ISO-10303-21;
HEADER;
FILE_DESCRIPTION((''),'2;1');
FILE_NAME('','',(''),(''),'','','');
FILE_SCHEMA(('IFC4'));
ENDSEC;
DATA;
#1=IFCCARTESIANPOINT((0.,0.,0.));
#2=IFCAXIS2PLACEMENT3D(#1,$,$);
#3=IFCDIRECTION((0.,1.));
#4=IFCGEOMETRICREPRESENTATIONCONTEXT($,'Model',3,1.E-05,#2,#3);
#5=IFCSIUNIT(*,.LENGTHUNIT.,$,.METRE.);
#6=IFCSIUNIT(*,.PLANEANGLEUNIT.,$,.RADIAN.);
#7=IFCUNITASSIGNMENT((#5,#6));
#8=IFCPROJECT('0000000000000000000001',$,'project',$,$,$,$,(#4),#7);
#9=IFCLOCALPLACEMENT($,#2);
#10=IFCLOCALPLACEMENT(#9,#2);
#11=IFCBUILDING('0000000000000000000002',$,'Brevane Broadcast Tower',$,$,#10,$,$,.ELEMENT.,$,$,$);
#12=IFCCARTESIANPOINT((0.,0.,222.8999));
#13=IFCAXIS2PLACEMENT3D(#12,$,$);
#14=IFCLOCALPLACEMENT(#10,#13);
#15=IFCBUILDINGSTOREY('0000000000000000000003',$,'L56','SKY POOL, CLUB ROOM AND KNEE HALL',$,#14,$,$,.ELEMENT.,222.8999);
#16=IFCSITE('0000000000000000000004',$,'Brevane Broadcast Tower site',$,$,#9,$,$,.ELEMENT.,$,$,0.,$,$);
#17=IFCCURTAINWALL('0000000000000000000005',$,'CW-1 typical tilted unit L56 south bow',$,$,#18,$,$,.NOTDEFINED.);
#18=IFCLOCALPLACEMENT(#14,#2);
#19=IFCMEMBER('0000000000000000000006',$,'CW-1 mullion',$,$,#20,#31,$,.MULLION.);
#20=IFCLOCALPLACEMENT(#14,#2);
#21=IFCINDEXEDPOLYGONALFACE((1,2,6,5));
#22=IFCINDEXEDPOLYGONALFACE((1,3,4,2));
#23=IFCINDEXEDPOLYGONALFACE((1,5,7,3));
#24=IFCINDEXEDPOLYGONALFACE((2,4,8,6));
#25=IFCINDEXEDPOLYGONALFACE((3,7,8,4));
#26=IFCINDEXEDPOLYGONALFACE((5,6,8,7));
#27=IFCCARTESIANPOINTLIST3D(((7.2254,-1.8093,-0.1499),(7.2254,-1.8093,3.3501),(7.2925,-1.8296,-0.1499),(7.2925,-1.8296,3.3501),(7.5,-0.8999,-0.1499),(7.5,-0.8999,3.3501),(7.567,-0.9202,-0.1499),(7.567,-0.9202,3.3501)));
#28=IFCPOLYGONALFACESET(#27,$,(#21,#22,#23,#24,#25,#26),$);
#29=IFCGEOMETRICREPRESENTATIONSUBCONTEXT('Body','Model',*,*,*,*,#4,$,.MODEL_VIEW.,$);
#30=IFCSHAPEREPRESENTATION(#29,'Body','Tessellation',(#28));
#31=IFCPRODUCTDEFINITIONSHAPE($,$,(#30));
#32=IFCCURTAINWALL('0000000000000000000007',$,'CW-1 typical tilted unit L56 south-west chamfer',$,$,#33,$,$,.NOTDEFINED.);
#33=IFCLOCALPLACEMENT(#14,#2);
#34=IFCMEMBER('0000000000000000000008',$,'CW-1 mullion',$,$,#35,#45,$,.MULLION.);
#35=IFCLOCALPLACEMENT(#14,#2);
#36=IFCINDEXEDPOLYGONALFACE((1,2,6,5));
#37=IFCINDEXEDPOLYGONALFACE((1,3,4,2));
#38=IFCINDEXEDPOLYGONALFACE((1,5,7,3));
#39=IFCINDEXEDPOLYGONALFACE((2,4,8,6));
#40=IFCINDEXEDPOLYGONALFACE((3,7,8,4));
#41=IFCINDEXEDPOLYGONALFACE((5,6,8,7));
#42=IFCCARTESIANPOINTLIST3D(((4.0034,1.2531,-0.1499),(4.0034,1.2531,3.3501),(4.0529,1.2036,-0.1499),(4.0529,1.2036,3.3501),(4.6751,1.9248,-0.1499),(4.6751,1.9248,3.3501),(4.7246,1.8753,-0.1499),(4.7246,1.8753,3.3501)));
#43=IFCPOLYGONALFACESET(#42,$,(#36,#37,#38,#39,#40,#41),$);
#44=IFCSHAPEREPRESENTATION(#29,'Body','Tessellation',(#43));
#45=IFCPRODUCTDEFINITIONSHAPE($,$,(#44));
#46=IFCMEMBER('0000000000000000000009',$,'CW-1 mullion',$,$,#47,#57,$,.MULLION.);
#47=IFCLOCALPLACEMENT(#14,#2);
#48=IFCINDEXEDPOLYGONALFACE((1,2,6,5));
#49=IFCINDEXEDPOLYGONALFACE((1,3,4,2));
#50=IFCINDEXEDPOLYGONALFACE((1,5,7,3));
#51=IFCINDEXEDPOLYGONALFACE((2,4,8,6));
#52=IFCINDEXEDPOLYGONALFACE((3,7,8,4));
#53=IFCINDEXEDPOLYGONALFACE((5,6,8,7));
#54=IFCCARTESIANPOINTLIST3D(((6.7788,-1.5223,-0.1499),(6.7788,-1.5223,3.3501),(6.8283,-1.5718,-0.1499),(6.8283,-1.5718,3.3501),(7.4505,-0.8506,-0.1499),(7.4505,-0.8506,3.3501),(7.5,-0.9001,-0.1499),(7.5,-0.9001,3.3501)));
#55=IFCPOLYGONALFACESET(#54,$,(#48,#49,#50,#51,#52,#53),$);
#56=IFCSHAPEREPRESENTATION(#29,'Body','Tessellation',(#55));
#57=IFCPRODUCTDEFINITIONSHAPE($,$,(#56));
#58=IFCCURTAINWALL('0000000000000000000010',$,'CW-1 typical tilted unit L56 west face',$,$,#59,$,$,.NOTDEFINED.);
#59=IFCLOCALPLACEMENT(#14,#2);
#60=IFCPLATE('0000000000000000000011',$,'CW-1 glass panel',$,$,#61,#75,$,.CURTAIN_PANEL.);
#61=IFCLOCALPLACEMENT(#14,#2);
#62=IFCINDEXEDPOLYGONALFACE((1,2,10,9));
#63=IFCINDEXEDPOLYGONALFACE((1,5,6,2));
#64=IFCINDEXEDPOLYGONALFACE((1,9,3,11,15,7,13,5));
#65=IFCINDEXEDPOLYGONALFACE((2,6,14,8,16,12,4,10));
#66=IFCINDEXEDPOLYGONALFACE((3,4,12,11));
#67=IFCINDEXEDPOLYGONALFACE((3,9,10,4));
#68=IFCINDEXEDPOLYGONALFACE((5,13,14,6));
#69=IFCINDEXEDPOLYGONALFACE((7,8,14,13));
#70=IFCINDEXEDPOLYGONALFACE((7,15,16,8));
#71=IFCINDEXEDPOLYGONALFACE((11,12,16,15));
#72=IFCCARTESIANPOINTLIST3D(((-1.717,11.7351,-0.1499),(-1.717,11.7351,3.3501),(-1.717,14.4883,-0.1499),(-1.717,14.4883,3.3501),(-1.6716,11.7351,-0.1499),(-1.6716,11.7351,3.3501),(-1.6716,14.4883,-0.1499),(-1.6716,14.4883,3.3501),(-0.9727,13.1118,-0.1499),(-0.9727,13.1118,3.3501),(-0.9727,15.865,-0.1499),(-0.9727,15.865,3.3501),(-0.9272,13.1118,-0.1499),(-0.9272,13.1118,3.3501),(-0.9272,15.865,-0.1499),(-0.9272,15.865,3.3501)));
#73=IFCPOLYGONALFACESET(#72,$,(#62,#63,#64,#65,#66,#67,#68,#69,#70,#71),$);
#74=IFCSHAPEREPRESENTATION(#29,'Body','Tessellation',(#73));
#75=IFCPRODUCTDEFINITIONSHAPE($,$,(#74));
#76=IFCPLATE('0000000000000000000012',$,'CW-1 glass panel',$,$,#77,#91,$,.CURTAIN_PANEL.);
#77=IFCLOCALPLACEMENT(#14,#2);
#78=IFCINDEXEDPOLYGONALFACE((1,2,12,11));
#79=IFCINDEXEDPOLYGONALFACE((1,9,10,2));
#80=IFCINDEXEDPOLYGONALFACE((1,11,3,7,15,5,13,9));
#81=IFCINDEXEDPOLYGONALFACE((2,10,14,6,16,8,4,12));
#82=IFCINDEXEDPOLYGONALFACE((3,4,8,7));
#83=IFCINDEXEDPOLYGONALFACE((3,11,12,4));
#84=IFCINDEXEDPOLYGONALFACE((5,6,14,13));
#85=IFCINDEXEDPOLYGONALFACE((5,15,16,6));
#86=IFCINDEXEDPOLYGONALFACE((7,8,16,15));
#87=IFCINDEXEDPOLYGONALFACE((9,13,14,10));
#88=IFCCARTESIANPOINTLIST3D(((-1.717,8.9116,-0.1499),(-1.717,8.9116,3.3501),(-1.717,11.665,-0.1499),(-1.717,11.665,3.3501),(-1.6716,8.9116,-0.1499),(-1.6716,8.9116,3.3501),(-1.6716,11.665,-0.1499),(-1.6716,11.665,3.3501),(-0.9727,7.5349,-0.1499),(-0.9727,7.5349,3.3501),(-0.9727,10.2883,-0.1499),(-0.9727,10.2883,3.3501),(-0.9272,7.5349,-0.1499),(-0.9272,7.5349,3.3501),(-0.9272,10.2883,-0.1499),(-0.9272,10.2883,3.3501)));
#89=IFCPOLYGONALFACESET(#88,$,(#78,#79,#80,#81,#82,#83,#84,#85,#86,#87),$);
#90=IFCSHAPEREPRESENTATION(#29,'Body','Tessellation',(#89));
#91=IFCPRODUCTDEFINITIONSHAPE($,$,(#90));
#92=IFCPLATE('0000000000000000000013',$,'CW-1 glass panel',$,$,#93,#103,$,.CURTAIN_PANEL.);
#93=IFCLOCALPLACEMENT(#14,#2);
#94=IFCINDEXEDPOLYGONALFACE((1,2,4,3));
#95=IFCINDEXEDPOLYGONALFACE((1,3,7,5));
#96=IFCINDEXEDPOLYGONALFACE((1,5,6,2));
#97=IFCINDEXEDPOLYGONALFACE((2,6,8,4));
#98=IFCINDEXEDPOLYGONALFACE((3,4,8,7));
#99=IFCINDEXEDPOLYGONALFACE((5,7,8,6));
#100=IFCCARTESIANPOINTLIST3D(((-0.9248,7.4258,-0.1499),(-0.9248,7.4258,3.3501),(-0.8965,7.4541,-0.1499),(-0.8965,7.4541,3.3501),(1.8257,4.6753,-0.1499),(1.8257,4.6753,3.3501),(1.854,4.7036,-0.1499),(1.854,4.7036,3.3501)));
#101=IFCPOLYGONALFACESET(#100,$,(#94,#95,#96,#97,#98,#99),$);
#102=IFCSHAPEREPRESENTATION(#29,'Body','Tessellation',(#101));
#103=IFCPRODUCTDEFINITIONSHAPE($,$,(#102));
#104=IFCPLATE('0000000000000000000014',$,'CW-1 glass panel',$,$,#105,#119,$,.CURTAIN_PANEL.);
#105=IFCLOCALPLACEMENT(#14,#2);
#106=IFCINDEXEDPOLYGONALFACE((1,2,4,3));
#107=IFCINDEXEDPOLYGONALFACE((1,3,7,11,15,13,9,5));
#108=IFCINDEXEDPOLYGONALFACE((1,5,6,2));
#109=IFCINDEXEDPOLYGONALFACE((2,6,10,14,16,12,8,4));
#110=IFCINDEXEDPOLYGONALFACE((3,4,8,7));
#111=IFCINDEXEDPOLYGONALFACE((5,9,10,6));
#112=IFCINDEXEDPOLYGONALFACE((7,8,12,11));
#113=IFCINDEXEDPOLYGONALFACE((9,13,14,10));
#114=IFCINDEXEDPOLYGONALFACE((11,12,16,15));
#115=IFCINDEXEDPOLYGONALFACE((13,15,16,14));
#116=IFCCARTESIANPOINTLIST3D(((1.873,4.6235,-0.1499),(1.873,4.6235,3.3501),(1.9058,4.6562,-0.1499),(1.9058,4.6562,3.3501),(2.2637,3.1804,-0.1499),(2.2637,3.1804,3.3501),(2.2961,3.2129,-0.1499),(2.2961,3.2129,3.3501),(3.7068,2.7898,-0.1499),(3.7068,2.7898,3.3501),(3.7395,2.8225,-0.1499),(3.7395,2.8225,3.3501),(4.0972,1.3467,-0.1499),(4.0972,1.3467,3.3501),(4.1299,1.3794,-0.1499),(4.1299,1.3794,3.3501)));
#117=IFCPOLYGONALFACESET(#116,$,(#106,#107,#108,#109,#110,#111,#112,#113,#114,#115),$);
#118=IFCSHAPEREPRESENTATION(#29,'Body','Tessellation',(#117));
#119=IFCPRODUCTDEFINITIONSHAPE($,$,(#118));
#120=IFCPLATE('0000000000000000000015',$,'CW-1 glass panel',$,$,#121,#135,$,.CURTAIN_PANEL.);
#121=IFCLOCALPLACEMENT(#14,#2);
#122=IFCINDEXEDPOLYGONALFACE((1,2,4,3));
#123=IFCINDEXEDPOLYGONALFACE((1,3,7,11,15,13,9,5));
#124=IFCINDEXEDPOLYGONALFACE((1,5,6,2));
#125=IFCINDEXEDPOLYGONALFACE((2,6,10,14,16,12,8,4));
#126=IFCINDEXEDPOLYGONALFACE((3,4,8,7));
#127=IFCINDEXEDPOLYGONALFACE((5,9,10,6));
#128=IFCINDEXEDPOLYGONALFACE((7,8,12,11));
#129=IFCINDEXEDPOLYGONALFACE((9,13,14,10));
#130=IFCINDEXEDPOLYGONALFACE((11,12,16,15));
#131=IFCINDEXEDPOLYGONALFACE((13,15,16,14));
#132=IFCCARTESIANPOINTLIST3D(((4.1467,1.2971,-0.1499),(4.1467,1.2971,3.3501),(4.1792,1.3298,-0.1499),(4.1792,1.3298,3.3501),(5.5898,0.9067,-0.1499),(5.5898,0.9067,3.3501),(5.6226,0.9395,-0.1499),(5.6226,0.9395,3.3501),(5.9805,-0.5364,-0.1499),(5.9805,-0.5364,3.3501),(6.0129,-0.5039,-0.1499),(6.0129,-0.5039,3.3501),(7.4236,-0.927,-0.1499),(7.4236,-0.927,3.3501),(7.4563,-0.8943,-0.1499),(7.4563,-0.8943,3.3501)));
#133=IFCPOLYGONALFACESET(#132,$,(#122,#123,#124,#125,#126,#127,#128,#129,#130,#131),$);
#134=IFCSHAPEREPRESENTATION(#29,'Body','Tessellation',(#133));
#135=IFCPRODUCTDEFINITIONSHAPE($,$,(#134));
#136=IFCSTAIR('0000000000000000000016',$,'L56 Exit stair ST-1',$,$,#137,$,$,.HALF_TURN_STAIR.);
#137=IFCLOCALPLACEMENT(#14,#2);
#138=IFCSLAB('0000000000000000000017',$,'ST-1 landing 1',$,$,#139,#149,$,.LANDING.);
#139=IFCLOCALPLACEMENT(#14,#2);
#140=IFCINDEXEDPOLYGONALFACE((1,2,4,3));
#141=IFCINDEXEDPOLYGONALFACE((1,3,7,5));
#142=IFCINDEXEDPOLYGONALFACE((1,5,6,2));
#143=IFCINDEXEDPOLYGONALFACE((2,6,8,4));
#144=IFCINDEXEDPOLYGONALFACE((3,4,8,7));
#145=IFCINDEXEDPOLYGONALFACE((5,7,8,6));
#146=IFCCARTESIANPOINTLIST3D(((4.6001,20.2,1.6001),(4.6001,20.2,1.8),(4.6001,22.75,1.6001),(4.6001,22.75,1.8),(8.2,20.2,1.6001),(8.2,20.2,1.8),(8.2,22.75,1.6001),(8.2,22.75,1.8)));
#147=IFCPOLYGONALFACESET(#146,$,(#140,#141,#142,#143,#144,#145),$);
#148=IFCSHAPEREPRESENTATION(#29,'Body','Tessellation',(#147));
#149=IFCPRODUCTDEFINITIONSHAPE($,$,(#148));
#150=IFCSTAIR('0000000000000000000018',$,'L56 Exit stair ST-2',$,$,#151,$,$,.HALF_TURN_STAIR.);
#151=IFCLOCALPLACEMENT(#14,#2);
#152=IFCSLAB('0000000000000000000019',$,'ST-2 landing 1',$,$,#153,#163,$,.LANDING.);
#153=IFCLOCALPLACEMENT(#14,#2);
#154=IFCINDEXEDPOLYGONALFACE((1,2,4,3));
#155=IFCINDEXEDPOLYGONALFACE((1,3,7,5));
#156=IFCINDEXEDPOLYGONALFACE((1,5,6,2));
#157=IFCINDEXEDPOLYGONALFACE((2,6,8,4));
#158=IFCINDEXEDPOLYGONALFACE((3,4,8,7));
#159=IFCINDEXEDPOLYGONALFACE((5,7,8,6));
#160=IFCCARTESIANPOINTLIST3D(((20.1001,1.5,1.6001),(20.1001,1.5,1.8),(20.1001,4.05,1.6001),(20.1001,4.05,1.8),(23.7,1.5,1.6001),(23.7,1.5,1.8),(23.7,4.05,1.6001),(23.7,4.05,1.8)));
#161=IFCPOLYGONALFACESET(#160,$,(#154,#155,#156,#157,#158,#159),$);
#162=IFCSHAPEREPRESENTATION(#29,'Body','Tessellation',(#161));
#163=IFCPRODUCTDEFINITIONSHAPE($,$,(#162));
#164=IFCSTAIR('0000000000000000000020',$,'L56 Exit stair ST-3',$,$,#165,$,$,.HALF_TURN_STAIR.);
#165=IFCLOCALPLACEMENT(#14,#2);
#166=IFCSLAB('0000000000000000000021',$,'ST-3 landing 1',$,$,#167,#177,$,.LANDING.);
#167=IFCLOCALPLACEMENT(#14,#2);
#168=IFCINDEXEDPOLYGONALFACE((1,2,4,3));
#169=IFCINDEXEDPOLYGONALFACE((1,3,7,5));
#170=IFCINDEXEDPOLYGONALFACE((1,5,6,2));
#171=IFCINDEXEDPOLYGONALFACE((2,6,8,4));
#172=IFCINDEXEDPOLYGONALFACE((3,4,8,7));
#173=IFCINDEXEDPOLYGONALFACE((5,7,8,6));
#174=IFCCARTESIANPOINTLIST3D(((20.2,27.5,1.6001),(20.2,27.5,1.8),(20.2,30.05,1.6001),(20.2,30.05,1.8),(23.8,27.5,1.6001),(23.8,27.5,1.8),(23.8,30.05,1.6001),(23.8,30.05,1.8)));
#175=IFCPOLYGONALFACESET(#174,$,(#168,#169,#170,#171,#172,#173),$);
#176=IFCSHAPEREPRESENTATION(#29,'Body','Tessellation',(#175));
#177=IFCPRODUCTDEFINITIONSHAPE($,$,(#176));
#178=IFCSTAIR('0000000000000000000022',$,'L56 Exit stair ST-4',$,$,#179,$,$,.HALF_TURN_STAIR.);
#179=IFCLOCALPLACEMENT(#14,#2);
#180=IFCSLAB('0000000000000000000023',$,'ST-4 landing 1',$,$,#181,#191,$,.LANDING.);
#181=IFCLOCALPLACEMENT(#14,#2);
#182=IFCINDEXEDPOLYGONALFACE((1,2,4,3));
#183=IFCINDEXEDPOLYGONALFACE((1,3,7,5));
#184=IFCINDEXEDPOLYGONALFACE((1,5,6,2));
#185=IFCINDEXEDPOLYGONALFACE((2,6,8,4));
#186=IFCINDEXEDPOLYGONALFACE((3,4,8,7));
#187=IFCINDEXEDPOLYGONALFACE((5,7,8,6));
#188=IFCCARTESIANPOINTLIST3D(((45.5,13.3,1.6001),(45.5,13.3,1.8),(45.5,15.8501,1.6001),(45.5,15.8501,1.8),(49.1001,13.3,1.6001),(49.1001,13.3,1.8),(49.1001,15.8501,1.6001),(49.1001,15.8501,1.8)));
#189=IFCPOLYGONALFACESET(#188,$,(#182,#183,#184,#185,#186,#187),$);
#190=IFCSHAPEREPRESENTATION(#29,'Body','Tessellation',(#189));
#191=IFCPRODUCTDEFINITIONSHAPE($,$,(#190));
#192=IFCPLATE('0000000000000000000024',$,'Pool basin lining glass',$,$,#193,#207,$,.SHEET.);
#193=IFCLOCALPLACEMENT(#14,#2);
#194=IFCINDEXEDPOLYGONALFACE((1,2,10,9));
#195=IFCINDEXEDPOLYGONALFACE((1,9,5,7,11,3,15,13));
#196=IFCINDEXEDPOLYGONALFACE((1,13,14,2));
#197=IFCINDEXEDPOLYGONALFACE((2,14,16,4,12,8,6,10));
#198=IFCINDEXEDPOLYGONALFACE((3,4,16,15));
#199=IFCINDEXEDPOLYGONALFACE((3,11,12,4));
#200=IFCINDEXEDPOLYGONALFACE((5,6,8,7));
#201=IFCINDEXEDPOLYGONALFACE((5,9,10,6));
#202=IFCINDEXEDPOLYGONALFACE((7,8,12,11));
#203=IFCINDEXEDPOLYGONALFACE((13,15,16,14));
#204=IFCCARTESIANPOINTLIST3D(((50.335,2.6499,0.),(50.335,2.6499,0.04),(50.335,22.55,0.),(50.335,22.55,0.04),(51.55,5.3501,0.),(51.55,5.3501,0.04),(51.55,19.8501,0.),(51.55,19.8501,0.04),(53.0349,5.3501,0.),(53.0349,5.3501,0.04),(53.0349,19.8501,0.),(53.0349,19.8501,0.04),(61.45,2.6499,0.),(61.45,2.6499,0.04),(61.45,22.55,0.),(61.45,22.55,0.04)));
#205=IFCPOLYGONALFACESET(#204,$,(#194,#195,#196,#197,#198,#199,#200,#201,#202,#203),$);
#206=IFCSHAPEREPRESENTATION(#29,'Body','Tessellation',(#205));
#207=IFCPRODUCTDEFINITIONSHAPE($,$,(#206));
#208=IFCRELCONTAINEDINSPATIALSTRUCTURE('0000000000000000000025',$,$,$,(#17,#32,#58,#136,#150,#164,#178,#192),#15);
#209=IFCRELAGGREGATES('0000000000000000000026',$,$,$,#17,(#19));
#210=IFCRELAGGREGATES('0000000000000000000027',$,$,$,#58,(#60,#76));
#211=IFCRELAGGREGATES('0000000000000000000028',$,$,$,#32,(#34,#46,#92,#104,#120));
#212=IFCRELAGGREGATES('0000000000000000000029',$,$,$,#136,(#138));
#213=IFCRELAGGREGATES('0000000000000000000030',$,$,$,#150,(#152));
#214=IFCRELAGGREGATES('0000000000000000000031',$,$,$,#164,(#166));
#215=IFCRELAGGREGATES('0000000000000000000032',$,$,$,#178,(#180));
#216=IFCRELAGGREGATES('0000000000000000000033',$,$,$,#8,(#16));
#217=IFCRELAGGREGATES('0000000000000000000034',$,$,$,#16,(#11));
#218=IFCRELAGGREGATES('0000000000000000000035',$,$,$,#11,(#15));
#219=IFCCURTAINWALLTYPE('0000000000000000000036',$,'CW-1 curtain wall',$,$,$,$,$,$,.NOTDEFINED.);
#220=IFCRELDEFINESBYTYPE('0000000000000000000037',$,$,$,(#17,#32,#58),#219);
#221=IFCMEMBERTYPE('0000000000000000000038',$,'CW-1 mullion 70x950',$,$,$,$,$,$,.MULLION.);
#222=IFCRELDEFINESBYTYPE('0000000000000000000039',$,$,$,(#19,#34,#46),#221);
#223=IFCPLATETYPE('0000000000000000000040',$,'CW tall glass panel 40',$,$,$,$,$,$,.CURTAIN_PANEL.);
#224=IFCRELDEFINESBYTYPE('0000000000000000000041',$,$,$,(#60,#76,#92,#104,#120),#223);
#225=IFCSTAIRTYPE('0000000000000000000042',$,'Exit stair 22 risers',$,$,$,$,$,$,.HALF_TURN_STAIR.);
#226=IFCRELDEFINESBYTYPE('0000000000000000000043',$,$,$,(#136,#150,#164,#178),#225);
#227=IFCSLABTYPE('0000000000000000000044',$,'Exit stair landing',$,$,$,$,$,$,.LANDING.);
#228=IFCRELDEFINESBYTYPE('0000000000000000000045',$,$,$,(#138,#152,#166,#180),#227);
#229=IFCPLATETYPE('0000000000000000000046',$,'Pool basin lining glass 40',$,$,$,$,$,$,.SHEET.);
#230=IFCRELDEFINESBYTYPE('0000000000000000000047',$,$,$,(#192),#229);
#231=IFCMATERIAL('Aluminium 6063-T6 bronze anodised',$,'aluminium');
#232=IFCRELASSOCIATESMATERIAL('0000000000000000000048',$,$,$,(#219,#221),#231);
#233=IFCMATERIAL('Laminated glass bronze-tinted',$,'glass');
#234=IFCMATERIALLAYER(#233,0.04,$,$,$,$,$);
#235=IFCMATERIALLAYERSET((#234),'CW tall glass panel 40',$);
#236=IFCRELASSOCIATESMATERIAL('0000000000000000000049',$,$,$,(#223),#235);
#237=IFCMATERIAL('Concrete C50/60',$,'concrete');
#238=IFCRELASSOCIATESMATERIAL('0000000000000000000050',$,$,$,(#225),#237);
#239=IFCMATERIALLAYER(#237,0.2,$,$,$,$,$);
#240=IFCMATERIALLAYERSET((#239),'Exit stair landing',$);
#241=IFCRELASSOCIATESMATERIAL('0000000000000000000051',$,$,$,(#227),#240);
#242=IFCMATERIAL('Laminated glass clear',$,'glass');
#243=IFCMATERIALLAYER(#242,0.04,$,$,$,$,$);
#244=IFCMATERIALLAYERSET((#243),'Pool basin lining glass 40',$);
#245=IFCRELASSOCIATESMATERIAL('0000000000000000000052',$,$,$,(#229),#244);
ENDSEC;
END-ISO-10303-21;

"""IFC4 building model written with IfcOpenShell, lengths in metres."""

from ifc_helpers import new_model, si_unit, direction, frame, origin, origin_2d, place, context, subcontext, project, spatial, polyline, rectangle, outline, extrude, material, layer, layer_set, material_profile, profile_set, type_object, element, aggregate, save


model = new_model("IFC4")

# Units and contexts
model_context = context("Model", 3, precision=1e-05, world=origin(), true_north=direction((0.0, 1.0)))
body_context = subcontext(model_context, "Body", "Model", "MODEL_VIEW")
ifc_project = project(units=[si_unit("LENGTHUNIT", "METRE"), si_unit("PLANEANGLEUNIT", "RADIAN")], contexts=[model_context])

# Site, building, storey
site_placement = place(None, origin())
site = spatial("IfcSite", under=ifc_project, at=site_placement, Name="Brevane Broadcast Tower site", CompositionType="ELEMENT", RefElevation=0.0)
building_placement = place(site_placement, origin())
building = spatial("IfcBuilding", under=site, at=building_placement, Name="Brevane Broadcast Tower", CompositionType="ELEMENT")
storey_placement = place(building_placement, frame((0.0, 0.0, 222.8999)))
storey = spatial("IfcBuildingStorey", under=building, at=storey_placement, Name="L56", Description="SKY POOL, CLUB ROOM AND KNEE HALL", CompositionType="ELEMENT", Elevation=222.8999)

# Curtain wall, member
ifc_material_1 = material(Name="Aluminium 6063-T6 bronze anodised", Category="aluminium")
curtain_wall_type = type_object("IfcCurtainWallType", Name="CW-1 curtain wall", PredefinedType="NOTDEFINED", material=ifc_material_1)
curtain_wall_1_placement = place(storey_placement, origin())
curtain_wall_1 = element("IfcCurtainWall", 1, at=curtain_wall_1_placement, inside=storey, type_object=curtain_wall_type, Name="CW-1 typical tilted unit L56 south bow", PredefinedType="NOTDEFINED")
ifc_material_profile = material_profile(ifc_material_1, rectangle(XDim=0.95, YDim=0.0701, at=origin_2d()), Name="RECT 70x950")
ifc_profile_set = profile_set([ifc_material_profile], Name="Aluminium 6063-T6 bronze anodised")
member_type = type_object("IfcMemberType", Name="CW-1 mullion 70x950", PredefinedType="MULLION", material=ifc_profile_set)
member_1_placement = place(storey_placement, frame((7.3962, -1.3647, -0.1499), z_axis=(0.0, 0.0, 1.0), x_axis=(0.288968, 0.957339, 0.0)))
member_1 = element("IfcMember", 2, at=member_1_placement, type_object=member_type, Name="CW-1 mullion", PredefinedType="MULLION", context=body_context, shape_type="SweptSolid", body=[
    extrude(rectangle(XDim=0.95, YDim=0.0701, at=origin_2d()), origin(), (0.0, 0.0, 1.0), 3.5),
])
aggregate(curtain_wall_1, [member_1])

# Curtain wall, members
curtain_wall_2_placement = place(storey_placement, origin())
curtain_wall_2 = element("IfcCurtainWall", 3, at=curtain_wall_2_placement, inside=storey, type_object=curtain_wall_type, Name="CW-1 typical tilted unit L56 south-west chamfer", PredefinedType="NOTDEFINED")
member_2_placement = place(storey_placement, frame((4.364, 1.5642, -0.1499), z_axis=(0.0, 0.0, 1.0), x_axis=(0.707107, 0.707107, 0.0)))
member_2 = element("IfcMember", 4, at=member_2_placement, type_object=member_type, Name="CW-1 mullion", PredefinedType="MULLION", context=body_context, shape_type="SweptSolid", body=[
    extrude(rectangle(XDim=0.95, YDim=0.0701, at=origin_2d()), origin(), (0.0, 0.0, 1.0), 3.5),
])
member_3_placement = place(storey_placement, frame((7.1394, -1.2112, -0.1499), z_axis=(0.0, 0.0, 1.0), x_axis=(0.707107, 0.707107, 0.0)))
member_3 = element("IfcMember", 5, at=member_3_placement, type_object=member_type, Name="CW-1 mullion", PredefinedType="MULLION", context=body_context, shape_type="SweptSolid", body=[
    extrude(rectangle(XDim=0.95, YDim=0.0701, at=origin_2d()), origin(), (0.0, 0.0, 1.0), 3.5),
])

# Curtain wall, plates
curtain_wall_3_placement = place(storey_placement, origin())
curtain_wall_3 = element("IfcCurtainWall", 6, at=curtain_wall_3_placement, inside=storey, type_object=curtain_wall_type, Name="CW-1 typical tilted unit L56 west face", PredefinedType="NOTDEFINED")
ifc_material_2 = material(Name="Laminated glass bronze-tinted", Category="glass")
ifc_layer_1 = layer(ifc_material_2, 0.04)
ifc_layer_set_1 = layer_set([ifc_layer_1], Name="CW tall glass panel 40")
plate_type_1 = type_object("IfcPlateType", Name="CW tall glass panel 40", PredefinedType="CURTAIN_PANEL", material=ifc_layer_set_1)
plate_1_placement = place(storey_placement, frame((0.0, 0.0, -0.1499)))
plate_1 = element("IfcPlate", 7, at=plate_1_placement, type_object=plate_type_1, Name="CW-1 glass panel", PredefinedType="CURTAIN_PANEL", context=body_context, shape_type="SweptSolid", body=[
    extrude(outline(polyline([(-0.9272, 15.865), (-0.9727, 15.865), (-1.717, 14.4883), (-0.9727, 13.1118), (-1.717, 11.7351), (-1.6716, 11.7351), (-0.9272, 13.1118), (-1.6716, 14.4883), (-0.9272, 15.865)])), origin(), (0.0, 0.0, 1.0), 3.5),
])
plate_2_placement = place(storey_placement, frame((0.0, 0.0, -0.1499)))
plate_2 = element("IfcPlate", 8, at=plate_2_placement, type_object=plate_type_1, Name="CW-1 glass panel", PredefinedType="CURTAIN_PANEL", context=body_context, shape_type="SweptSolid", body=[
    extrude(outline(polyline([(-1.6716, 11.665), (-1.717, 11.665), (-0.9727, 10.2883), (-1.717, 8.9116), (-0.9727, 7.5349), (-0.9272, 7.5349), (-1.6716, 8.9116), (-0.9272, 10.2883), (-1.6716, 11.665)])), origin(), (0.0, 0.0, 1.0), 3.5),
])
aggregate(curtain_wall_3, [plate_1, plate_2])

# Plates
plate_3_placement = place(storey_placement, frame((0.0, 0.0, -0.1499)))
plate_3 = element("IfcPlate", 9, at=plate_3_placement, type_object=plate_type_1, Name="CW-1 glass panel", PredefinedType="CURTAIN_PANEL", context=body_context, shape_type="SweptSolid", body=[
    extrude(outline(polyline([(-0.8965, 7.4541), (1.854, 4.7036), (1.8257, 4.6753), (-0.9248, 7.4258), (-0.8965, 7.4541)])), origin(), (0.0, 0.0, 1.0), 3.5),
])
plate_4_placement = place(storey_placement, frame((0.0, 0.0, -0.1499)))
plate_4 = element("IfcPlate", 10, at=plate_4_placement, type_object=plate_type_1, Name="CW-1 glass panel", PredefinedType="CURTAIN_PANEL", context=body_context, shape_type="SweptSolid", body=[
    extrude(outline(polyline([(1.9058, 4.6562), (1.873, 4.6235), (2.2637, 3.1804), (3.7068, 2.7898), (4.0972, 1.3467), (4.1299, 1.3794), (3.7395, 2.8225), (2.2961, 3.2129), (1.9058, 4.6562)])), origin(), (0.0, 0.0, 1.0), 3.5),
])
plate_5_placement = place(storey_placement, frame((0.0, 0.0, -0.1499)))
plate_5 = element("IfcPlate", 11, at=plate_5_placement, type_object=plate_type_1, Name="CW-1 glass panel", PredefinedType="CURTAIN_PANEL", context=body_context, shape_type="SweptSolid", body=[
    extrude(outline(polyline([(4.1792, 1.3298), (4.1467, 1.2971), (5.5898, 0.9067), (5.9805, -0.5364), (7.4236, -0.927), (7.4563, -0.8943), (6.0129, -0.5039), (5.6226, 0.9395), (4.1792, 1.3298)])), origin(), (0.0, 0.0, 1.0), 3.5),
])
aggregate(curtain_wall_2, [member_2, member_3, plate_3, plate_4, plate_5])

# Stairs, slabs
ifc_material_3 = material(Name="Concrete C50/60", Category="concrete")
stair_type = type_object("IfcStairType", Name="Exit stair 22 risers", PredefinedType="HALF_TURN_STAIR", material=ifc_material_3)
stair_1_placement = place(storey_placement, origin())
stair_1 = element("IfcStair", 12, at=stair_1_placement, inside=storey, type_object=stair_type, Name="L56 Exit stair ST-1", PredefinedType="HALF_TURN_STAIR")
ifc_layer_2 = layer(ifc_material_3, 0.2)
ifc_layer_set_2 = layer_set([ifc_layer_2], Name="Exit stair landing")
slab_type_1 = type_object("IfcSlabType", Name="Exit stair landing", PredefinedType="LANDING", material=ifc_layer_set_2)
slab_1_placement = place(storey_placement, frame((0.0, 0.0, 1.6001)))
slab_1 = element("IfcSlab", 13, at=slab_1_placement, type_object=slab_type_1, Name="ST-1 landing 1", PredefinedType="LANDING", context=body_context, shape_type="SweptSolid", body=[
    extrude(outline(polyline([(4.6001, 20.2), (8.2, 20.2), (8.2, 22.75), (4.6001, 22.75), (4.6001, 20.2)])), origin(), (0.0, 0.0, 1.0), 0.2),
])
aggregate(stair_1, [slab_1])
stair_2_placement = place(storey_placement, origin())
stair_2 = element("IfcStair", 14, at=stair_2_placement, inside=storey, type_object=stair_type, Name="L56 Exit stair ST-2", PredefinedType="HALF_TURN_STAIR")
slab_2_placement = place(storey_placement, frame((0.0, 0.0, 1.6001)))
slab_2 = element("IfcSlab", 15, at=slab_2_placement, type_object=slab_type_1, Name="ST-2 landing 1", PredefinedType="LANDING", context=body_context, shape_type="SweptSolid", body=[
    extrude(outline(polyline([(20.1001, 1.5), (23.7, 1.5), (23.7, 4.05), (20.1001, 4.05), (20.1001, 1.5)])), origin(), (0.0, 0.0, 1.0), 0.2),
])
aggregate(stair_2, [slab_2])
stair_3_placement = place(storey_placement, origin())
stair_3 = element("IfcStair", 16, at=stair_3_placement, inside=storey, type_object=stair_type, Name="L56 Exit stair ST-3", PredefinedType="HALF_TURN_STAIR")
slab_3_placement = place(storey_placement, frame((0.0, 0.0, 1.6001)))
slab_3 = element("IfcSlab", 17, at=slab_3_placement, type_object=slab_type_1, Name="ST-3 landing 1", PredefinedType="LANDING", context=body_context, shape_type="SweptSolid", body=[
    extrude(outline(polyline([(20.2, 27.5), (23.8, 27.5), (23.8, 30.05), (20.2, 30.05), (20.2, 27.5)])), origin(), (0.0, 0.0, 1.0), 0.2),
])
aggregate(stair_3, [slab_3])
stair_4_placement = place(storey_placement, origin())
stair_4 = element("IfcStair", 18, at=stair_4_placement, inside=storey, type_object=stair_type, Name="L56 Exit stair ST-4", PredefinedType="HALF_TURN_STAIR")
slab_4_placement = place(storey_placement, frame((0.0, 0.0, 1.6001)))
slab_4 = element("IfcSlab", 19, at=slab_4_placement, type_object=slab_type_1, Name="ST-4 landing 1", PredefinedType="LANDING", context=body_context, shape_type="SweptSolid", body=[
    extrude(outline(polyline([(45.5, 13.3), (49.1001, 13.3), (49.1001, 15.8501), (45.5, 15.8501), (45.5, 13.3)])), origin(), (0.0, 0.0, 1.0), 0.2),
])
aggregate(stair_4, [slab_4])

# Plate
ifc_material_4 = material(Name="Laminated glass clear", Category="glass")
ifc_layer_3 = layer(ifc_material_4, 0.04)
ifc_layer_set_3 = layer_set([ifc_layer_3], Name="Pool basin lining glass 40")
plate_type_2 = type_object("IfcPlateType", Name="Pool basin lining glass 40", PredefinedType="SHEET", material=ifc_layer_set_3)
plate_6_placement = place(storey_placement, origin())
element("IfcPlate", 20, at=plate_6_placement, inside=storey, type_object=plate_type_2, Name="Pool basin lining glass", PredefinedType="SHEET", context=body_context, shape_type="SweptSolid", body=[
    extrude(outline(polyline([(61.45, 2.6499), (61.45, 22.55), (50.335, 22.55), (53.0349, 19.8501), (51.55, 19.8501), (51.55, 5.3501), (53.0349, 5.3501), (50.335, 2.6499), (61.45, 2.6499)])), origin(), (0.0, 0.0, 1.0), 0.04),
])

save(model, "model.ifc")
